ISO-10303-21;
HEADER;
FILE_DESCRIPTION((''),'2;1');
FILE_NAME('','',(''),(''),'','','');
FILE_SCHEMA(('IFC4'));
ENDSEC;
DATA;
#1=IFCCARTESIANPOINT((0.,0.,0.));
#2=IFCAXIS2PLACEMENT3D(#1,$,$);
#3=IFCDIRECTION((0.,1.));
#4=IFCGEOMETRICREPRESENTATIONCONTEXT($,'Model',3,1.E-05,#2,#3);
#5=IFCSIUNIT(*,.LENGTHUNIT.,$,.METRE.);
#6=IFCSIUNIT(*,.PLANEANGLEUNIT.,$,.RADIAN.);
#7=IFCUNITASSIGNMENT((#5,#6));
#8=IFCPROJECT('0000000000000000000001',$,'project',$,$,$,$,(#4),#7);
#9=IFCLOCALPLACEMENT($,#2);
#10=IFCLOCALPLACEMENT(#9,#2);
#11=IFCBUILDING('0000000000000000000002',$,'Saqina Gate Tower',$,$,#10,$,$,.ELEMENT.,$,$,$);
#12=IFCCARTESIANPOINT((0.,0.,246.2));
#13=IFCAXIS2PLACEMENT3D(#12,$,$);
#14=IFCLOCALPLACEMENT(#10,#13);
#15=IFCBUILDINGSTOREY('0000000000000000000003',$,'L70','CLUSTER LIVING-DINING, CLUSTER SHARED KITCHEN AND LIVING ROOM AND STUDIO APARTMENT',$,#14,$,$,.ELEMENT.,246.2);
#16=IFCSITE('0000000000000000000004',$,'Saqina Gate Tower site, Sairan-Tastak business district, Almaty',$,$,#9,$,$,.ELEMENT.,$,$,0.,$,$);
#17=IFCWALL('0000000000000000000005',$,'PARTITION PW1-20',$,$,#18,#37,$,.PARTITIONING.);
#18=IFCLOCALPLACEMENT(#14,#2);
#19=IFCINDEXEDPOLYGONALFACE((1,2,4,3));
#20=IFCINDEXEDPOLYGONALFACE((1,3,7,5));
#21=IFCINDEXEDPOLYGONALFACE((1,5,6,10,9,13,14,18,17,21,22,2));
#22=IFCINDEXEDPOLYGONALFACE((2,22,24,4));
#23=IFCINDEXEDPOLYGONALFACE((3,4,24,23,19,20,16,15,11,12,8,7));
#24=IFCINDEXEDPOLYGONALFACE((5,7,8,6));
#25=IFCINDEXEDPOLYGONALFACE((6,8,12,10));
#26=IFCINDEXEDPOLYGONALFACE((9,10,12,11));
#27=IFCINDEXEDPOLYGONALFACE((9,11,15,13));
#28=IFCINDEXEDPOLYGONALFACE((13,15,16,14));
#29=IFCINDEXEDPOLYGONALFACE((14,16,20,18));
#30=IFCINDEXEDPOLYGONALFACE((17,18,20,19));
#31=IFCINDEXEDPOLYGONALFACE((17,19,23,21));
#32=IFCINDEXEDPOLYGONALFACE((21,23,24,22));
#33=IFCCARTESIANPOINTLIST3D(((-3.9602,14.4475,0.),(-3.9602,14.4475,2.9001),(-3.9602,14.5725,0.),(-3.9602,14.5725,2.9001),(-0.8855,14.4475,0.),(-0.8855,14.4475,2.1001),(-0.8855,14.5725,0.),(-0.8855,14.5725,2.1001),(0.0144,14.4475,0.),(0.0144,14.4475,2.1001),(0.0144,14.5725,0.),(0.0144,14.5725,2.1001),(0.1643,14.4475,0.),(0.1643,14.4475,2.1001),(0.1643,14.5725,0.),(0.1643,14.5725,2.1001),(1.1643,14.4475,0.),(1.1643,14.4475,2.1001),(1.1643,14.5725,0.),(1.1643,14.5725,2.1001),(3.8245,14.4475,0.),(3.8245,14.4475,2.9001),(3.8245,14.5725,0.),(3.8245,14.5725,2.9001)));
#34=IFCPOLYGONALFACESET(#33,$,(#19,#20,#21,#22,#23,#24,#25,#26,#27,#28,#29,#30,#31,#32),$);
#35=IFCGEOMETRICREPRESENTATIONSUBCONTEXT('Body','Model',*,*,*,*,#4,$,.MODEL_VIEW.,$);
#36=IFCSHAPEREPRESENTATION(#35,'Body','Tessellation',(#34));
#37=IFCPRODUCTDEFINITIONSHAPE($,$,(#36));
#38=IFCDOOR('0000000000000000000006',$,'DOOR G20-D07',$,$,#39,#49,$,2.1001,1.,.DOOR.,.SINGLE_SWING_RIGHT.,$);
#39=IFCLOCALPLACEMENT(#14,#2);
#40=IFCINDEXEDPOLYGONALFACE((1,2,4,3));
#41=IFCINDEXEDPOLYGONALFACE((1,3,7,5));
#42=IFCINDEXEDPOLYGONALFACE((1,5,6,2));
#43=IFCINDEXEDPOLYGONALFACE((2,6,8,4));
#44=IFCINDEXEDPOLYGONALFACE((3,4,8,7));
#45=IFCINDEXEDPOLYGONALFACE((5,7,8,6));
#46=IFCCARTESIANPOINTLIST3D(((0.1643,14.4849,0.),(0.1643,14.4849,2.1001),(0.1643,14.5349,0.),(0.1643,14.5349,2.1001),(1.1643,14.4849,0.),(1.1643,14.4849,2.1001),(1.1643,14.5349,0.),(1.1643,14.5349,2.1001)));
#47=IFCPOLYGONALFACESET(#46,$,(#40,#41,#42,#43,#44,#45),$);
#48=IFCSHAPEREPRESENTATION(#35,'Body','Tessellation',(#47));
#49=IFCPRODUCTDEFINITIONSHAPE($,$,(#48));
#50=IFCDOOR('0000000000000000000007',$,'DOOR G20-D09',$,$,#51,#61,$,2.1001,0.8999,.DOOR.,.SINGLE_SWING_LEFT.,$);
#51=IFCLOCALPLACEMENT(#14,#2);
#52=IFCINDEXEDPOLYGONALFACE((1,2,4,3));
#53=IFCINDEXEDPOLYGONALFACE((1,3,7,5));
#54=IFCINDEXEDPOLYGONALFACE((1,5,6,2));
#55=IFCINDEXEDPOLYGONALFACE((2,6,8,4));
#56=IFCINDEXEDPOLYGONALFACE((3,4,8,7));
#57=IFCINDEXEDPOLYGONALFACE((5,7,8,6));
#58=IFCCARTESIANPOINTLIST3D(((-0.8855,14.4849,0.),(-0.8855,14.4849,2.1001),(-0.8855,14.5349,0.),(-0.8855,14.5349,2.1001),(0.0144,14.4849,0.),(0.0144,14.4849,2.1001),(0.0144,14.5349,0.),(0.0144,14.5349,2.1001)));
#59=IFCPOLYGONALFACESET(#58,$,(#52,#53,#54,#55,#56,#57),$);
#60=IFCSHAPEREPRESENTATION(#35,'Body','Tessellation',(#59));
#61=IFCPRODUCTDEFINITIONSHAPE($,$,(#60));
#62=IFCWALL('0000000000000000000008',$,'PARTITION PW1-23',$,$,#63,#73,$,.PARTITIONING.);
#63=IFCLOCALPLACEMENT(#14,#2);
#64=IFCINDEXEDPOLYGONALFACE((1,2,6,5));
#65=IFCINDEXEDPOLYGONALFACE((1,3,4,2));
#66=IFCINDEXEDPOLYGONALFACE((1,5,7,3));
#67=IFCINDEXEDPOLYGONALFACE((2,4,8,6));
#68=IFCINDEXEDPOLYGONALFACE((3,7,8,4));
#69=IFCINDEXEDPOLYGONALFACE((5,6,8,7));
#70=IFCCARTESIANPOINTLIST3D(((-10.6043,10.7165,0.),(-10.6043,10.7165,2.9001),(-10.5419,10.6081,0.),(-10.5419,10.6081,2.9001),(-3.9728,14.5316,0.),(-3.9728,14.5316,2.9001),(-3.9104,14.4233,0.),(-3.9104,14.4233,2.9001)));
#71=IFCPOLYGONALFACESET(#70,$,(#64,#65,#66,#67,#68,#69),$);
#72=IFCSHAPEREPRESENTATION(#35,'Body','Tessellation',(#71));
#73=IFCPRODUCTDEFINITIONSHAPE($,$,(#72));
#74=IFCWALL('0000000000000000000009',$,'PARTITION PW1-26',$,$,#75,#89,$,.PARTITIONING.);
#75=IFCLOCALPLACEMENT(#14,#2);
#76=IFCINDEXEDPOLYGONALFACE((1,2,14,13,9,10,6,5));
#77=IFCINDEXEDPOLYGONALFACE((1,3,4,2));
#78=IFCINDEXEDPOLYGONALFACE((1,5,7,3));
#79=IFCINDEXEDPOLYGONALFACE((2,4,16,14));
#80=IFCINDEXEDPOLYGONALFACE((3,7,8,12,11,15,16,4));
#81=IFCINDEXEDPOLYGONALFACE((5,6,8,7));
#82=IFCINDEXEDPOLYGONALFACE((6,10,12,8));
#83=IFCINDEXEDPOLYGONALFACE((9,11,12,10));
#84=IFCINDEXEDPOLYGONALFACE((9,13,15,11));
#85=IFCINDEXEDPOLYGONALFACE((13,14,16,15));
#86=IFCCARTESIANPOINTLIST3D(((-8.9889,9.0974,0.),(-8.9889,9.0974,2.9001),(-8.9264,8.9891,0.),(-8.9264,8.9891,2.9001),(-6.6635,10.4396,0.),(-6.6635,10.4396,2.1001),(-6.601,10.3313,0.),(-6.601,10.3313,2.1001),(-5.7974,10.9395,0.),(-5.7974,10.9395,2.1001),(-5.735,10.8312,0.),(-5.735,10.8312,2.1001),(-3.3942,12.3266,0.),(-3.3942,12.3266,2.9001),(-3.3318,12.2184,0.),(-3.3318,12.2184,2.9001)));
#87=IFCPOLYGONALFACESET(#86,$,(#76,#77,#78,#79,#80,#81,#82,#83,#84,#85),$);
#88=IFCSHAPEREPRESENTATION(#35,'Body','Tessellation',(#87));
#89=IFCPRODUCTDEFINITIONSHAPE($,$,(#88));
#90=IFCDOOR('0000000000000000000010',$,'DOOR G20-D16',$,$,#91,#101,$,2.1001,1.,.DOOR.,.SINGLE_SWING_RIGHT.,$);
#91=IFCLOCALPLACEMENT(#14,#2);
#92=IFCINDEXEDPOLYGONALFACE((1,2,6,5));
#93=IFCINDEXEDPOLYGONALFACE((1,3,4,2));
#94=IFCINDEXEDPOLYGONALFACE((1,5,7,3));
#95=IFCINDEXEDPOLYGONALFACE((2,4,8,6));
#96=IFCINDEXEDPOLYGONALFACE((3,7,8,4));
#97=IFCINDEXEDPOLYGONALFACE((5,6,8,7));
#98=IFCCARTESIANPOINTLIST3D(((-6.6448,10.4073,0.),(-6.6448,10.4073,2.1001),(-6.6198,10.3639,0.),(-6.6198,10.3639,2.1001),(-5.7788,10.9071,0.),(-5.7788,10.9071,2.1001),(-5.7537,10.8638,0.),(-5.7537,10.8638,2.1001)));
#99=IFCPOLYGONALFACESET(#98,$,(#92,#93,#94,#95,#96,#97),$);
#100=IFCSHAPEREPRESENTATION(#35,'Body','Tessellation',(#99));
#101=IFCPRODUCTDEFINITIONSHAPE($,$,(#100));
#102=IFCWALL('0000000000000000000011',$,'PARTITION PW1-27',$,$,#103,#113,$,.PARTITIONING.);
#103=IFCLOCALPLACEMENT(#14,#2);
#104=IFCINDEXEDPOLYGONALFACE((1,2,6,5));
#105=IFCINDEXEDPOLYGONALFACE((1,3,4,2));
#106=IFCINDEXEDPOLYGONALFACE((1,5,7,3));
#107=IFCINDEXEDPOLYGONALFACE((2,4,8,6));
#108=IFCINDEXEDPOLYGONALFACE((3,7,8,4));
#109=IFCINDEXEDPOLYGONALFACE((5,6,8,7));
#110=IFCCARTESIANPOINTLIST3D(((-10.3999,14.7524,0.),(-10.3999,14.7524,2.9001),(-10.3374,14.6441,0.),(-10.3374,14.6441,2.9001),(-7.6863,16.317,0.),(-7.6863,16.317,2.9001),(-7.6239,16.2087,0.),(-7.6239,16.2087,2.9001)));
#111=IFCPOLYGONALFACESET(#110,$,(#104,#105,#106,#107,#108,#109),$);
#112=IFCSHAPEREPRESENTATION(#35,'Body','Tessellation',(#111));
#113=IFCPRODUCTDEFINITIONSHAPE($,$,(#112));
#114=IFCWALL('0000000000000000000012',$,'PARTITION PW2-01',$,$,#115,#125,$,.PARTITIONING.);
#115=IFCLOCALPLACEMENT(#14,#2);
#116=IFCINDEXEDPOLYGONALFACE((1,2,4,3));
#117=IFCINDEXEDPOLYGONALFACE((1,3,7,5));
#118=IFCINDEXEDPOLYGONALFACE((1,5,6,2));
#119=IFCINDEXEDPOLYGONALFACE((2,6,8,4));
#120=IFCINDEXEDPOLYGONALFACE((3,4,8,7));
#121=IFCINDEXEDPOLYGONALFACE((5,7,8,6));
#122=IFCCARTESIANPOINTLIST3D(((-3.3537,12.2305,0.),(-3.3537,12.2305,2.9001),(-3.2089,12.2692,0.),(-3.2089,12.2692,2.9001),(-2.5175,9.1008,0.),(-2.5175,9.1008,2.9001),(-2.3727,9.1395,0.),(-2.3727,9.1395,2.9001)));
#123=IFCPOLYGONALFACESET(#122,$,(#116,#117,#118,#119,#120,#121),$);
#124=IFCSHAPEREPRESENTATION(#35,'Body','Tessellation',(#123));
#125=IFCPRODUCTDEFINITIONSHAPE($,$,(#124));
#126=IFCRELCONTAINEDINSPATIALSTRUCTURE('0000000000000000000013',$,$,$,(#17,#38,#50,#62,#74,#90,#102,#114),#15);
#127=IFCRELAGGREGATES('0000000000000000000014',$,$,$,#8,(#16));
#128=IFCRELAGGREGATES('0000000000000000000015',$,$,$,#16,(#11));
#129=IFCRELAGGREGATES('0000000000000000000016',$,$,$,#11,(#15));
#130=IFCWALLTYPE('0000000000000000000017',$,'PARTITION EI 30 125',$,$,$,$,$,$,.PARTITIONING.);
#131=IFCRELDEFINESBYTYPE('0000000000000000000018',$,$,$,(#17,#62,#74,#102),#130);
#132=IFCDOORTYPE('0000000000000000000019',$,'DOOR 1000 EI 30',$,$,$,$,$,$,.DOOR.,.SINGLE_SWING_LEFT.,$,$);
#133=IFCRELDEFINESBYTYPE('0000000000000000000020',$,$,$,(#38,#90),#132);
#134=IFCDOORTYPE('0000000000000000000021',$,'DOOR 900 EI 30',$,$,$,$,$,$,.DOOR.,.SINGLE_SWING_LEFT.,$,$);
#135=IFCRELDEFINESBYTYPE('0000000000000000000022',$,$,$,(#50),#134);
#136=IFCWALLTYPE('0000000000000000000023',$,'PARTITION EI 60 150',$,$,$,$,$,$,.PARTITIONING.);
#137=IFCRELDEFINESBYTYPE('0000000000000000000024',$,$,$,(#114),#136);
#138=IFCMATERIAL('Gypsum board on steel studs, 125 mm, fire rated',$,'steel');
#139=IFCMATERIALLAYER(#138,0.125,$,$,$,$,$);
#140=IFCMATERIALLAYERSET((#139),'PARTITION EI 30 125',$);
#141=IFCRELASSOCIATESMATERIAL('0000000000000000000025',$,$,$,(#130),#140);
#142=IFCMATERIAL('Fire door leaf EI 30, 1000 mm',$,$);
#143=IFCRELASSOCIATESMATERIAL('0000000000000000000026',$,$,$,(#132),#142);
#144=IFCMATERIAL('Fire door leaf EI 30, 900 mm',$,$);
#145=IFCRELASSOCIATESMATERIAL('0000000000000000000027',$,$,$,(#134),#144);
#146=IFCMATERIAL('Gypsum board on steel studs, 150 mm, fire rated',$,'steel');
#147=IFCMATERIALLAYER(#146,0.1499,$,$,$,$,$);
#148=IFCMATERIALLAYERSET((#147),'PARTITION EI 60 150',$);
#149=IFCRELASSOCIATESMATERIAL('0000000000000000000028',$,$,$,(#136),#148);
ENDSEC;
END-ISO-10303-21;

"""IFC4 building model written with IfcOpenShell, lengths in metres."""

from ifc_helpers import new_model, si_unit, direction, frame, frame_2d, origin, place, context, subcontext, project, spatial, rectangle, extrude, material, layer, layer_set, type_object, element, fill, save


model = new_model("IFC4")

# Units and contexts
model_context = context("Model", 3, precision=1e-05, world=origin(), true_north=direction((0.0, 1.0)))
body_context = subcontext(model_context, "Body", "Model", "MODEL_VIEW")
ifc_project = project(units=[si_unit("LENGTHUNIT", "METRE"), si_unit("PLANEANGLEUNIT", "RADIAN")], contexts=[model_context])

# Site, building, storey
site_placement = place(None, origin())
site = spatial("IfcSite", under=ifc_project, at=site_placement, Name="Saqina Gate Tower site, Sairan-Tastak business district, Almaty", CompositionType="ELEMENT", RefElevation=0.0)
building_placement = place(site_placement, origin())
building = spatial("IfcBuilding", under=site, at=building_placement, Name="Saqina Gate Tower", CompositionType="ELEMENT")
storey_placement = place(building_placement, frame((0.0, 0.0, 246.2)))
storey = spatial("IfcBuildingStorey", under=building, at=storey_placement, Name="L70", Description="CLUSTER LIVING-DINING, CLUSTER SHARED KITCHEN AND LIVING ROOM AND STUDIO APARTMENT", CompositionType="ELEMENT", Elevation=246.2)

# Shared definitions
ifc_material_1 = material(Name="Gypsum board on steel studs, 125 mm, fire rated", Category="steel")
ifc_layer_1 = layer(ifc_material_1, 0.125)
ifc_layer_set_1 = layer_set([ifc_layer_1], Name="PARTITION EI 30 125")
wall_type_1 = type_object("IfcWallType", Name="PARTITION EI 30 125", PredefinedType="PARTITIONING", material=ifc_layer_set_1)

# Shared definitions
ifc_material_2 = material(Name="Fire door leaf EI 30, 1000 mm")
door_type_1 = type_object("IfcDoorType", Name="DOOR 1000 EI 30", OperationType="SINGLE_SWING_LEFT", PredefinedType="DOOR", material=ifc_material_2)

# Wall, openings, doors
wall_1_placement = place(storey_placement, frame((-3.9602, 14.51, 0.0), z_axis=(0.0, 0.0, 1.0), x_axis=(1.0, 0.0, 0.0)))
wall_1 = element("IfcWall", 1, at=wall_1_placement, inside=storey, type_object=wall_type_1, Name="PARTITION PW1-20", PredefinedType="PARTITIONING", context=body_context, shape_type="SweptSolid", body=[
    extrude(rectangle(XDim=7.7847, YDim=0.125, at=frame_2d((3.8923, 0.0))), origin(), (0.0, 0.0, 1.0), 2.9001),
])
opening_1_placement = place(wall_1_placement, frame((4.1245, 0.0, 0.0)))
opening_1 = element("IfcOpeningElement", 2, at=opening_1_placement, cuts=wall_1, PredefinedType="OPENING", context=body_context, shape_type="SweptSolid", body=[
    extrude(rectangle(XDim=1.0, YDim=2.1001, at=frame_2d((0.5, 1.05))), frame((0.0, 0.0745, 0.0), z_axis=(0.0, -1.0, 0.0), x_axis=(1.0, 0.0, 0.0)), (0.0, 0.0, 1.0), 0.1489),
])
opening_2_placement = place(wall_1_placement, frame((3.0747, 0.0, 0.0)))
opening_2 = element("IfcOpeningElement", 3, at=opening_2_placement, cuts=wall_1, PredefinedType="OPENING", context=body_context, shape_type="SweptSolid", body=[
    extrude(rectangle(XDim=0.8999, YDim=2.1001, at=frame_2d((0.45, 1.05))), frame((0.0, 0.0745, 0.0), z_axis=(0.0, -1.0, 0.0), x_axis=(1.0, 0.0, 0.0)), (0.0, 0.0, 1.0), 0.1489),
])
door_1_placement = place(opening_1_placement, origin())
door_1 = element("IfcDoor", 4, at=door_1_placement, inside=storey, type_object=door_type_1, Name="DOOR G20-D07", OperationType="SINGLE_SWING_RIGHT", OverallHeight=2.1001, OverallWidth=1.0, PredefinedType="DOOR", context=body_context, shape_type="SweptSolid", body=[
    extrude(rectangle(XDim=1.0, YDim=2.1001, at=frame_2d((0.5, 1.05))), frame((0.0, 0.0249, 0.0), z_axis=(0.0, -1.0, 0.0), x_axis=(1.0, 0.0, 0.0)), (0.0, 0.0, 1.0), 0.05),
])
fill(opening_1, door_1)
ifc_material_3 = material(Name="Fire door leaf EI 30, 900 mm")
door_type_2 = type_object("IfcDoorType", Name="DOOR 900 EI 30", OperationType="SINGLE_SWING_LEFT", PredefinedType="DOOR", material=ifc_material_3)
door_2_placement = place(opening_2_placement, origin())
door_2 = element("IfcDoor", 5, at=door_2_placement, inside=storey, type_object=door_type_2, Name="DOOR G20-D09", OperationType="SINGLE_SWING_LEFT", OverallHeight=2.1001, OverallWidth=0.8999, PredefinedType="DOOR", context=body_context, shape_type="SweptSolid", body=[
    extrude(rectangle(XDim=0.8999, YDim=2.1001, at=frame_2d((0.45, 1.05))), frame((0.0, 0.0249, 0.0), z_axis=(0.0, -1.0, 0.0), x_axis=(1.0, 0.0, 0.0)), (0.0, 0.0, 1.0), 0.05),
])
fill(opening_2, door_2)

# Wall
wall_2_placement = place(storey_placement, frame((-10.573, 10.6624, 0.0), z_axis=(0.0, 0.0, 1.0), x_axis=(0.866792, 0.49867, 0.0)))
element("IfcWall", 6, at=wall_2_placement, inside=storey, type_object=wall_type_1, Name="PARTITION PW1-23", PredefinedType="PARTITIONING", context=body_context, shape_type="SweptSolid", body=[
    extrude(rectangle(XDim=7.6506, YDim=0.125, at=frame_2d((3.8252, 0.0))), origin(), (0.0, 0.0, 1.0), 2.9001),
])

# Wall, opening, door
wall_3_placement = place(storey_placement, frame((-8.9578, 9.0432, 0.0), z_axis=(0.0, 0.0, 1.0), x_axis=(0.866084, 0.499899, 0.0)))
wall_3 = element("IfcWall", 7, at=wall_3_placement, inside=storey, type_object=wall_type_1, Name="PARTITION PW1-26", PredefinedType="PARTITIONING", context=body_context, shape_type="SweptSolid", body=[
    extrude(rectangle(XDim=6.4597, YDim=0.125, at=frame_2d((3.23, 0.0))), origin(), (0.0, 0.0, 1.0), 2.9001),
])
opening_3_placement = place(wall_3_placement, frame((2.6851, 0.0, 0.0)))
opening_3 = element("IfcOpeningElement", 8, at=opening_3_placement, cuts=wall_3, PredefinedType="OPENING", context=body_context, shape_type="SweptSolid", body=[
    extrude(rectangle(XDim=1.0, YDim=2.1001, at=frame_2d((0.5, 1.05))), frame((0.0, 0.0745, 0.0), z_axis=(0.0, -1.0, 0.0), x_axis=(1.0, 0.0, 0.0)), (0.0, 0.0, 1.0), 0.1489),
])
door_3_placement = place(opening_3_placement, frame((1.0, 0.0, 0.0), z_axis=(0.0, 0.0, 1.0), x_axis=(-1.0, 0.0, 0.0)))
door_3 = element("IfcDoor", 9, at=door_3_placement, inside=storey, type_object=door_type_1, Name="DOOR G20-D16", OperationType="SINGLE_SWING_RIGHT", OverallHeight=2.1001, OverallWidth=1.0, PredefinedType="DOOR", context=body_context, shape_type="SweptSolid", body=[
    extrude(rectangle(XDim=1.0, YDim=2.1001, at=frame_2d((0.5, 1.05))), frame((0.0, 0.0249, 0.0), z_axis=(0.0, -1.0, 0.0), x_axis=(1.0, 0.0, 0.0)), (0.0, 0.0, 1.0), 0.05),
])
fill(opening_3, door_3)

# Walls
wall_4_placement = place(storey_placement, frame((-10.3687, 14.6982, 0.0), z_axis=(0.0, 0.0, 1.0), x_axis=(0.866304, 0.499518, 0.0)))
element("IfcWall", 10, at=wall_4_placement, inside=storey, type_object=wall_type_1, Name="PARTITION PW1-27", PredefinedType="PARTITIONING", context=body_context, shape_type="SweptSolid", body=[
    extrude(rectangle(XDim=3.1323, YDim=0.125, at=frame_2d((1.5662, 0.0))), origin(), (0.0, 0.0, 1.0), 2.9001),
])
ifc_material_4 = material(Name="Gypsum board on steel studs, 150 mm, fire rated", Category="steel")
ifc_layer_2 = layer(ifc_material_4, 0.1499)
ifc_layer_set_2 = layer_set([ifc_layer_2], Name="PARTITION EI 60 150")
wall_type_2 = type_object("IfcWallType", Name="PARTITION EI 60 150", PredefinedType="PARTITIONING", material=ifc_layer_set_2)
wall_5_placement = place(storey_placement, frame((-3.2812, 12.2498, 0.0), z_axis=(0.0, 0.0, 1.0), x_axis=(0.258127, -0.966111, 0.0)))
element("IfcWall", 11, at=wall_5_placement, inside=storey, type_object=wall_type_2, Name="PARTITION PW2-01", PredefinedType="PARTITIONING", context=body_context, shape_type="SweptSolid", body=[
    extrude(rectangle(XDim=3.2395, YDim=0.1499, at=frame_2d((1.6196, 0.0))), origin(), (0.0, 0.0, 1.0), 2.9001),
])

save(model, "model.ifc")
